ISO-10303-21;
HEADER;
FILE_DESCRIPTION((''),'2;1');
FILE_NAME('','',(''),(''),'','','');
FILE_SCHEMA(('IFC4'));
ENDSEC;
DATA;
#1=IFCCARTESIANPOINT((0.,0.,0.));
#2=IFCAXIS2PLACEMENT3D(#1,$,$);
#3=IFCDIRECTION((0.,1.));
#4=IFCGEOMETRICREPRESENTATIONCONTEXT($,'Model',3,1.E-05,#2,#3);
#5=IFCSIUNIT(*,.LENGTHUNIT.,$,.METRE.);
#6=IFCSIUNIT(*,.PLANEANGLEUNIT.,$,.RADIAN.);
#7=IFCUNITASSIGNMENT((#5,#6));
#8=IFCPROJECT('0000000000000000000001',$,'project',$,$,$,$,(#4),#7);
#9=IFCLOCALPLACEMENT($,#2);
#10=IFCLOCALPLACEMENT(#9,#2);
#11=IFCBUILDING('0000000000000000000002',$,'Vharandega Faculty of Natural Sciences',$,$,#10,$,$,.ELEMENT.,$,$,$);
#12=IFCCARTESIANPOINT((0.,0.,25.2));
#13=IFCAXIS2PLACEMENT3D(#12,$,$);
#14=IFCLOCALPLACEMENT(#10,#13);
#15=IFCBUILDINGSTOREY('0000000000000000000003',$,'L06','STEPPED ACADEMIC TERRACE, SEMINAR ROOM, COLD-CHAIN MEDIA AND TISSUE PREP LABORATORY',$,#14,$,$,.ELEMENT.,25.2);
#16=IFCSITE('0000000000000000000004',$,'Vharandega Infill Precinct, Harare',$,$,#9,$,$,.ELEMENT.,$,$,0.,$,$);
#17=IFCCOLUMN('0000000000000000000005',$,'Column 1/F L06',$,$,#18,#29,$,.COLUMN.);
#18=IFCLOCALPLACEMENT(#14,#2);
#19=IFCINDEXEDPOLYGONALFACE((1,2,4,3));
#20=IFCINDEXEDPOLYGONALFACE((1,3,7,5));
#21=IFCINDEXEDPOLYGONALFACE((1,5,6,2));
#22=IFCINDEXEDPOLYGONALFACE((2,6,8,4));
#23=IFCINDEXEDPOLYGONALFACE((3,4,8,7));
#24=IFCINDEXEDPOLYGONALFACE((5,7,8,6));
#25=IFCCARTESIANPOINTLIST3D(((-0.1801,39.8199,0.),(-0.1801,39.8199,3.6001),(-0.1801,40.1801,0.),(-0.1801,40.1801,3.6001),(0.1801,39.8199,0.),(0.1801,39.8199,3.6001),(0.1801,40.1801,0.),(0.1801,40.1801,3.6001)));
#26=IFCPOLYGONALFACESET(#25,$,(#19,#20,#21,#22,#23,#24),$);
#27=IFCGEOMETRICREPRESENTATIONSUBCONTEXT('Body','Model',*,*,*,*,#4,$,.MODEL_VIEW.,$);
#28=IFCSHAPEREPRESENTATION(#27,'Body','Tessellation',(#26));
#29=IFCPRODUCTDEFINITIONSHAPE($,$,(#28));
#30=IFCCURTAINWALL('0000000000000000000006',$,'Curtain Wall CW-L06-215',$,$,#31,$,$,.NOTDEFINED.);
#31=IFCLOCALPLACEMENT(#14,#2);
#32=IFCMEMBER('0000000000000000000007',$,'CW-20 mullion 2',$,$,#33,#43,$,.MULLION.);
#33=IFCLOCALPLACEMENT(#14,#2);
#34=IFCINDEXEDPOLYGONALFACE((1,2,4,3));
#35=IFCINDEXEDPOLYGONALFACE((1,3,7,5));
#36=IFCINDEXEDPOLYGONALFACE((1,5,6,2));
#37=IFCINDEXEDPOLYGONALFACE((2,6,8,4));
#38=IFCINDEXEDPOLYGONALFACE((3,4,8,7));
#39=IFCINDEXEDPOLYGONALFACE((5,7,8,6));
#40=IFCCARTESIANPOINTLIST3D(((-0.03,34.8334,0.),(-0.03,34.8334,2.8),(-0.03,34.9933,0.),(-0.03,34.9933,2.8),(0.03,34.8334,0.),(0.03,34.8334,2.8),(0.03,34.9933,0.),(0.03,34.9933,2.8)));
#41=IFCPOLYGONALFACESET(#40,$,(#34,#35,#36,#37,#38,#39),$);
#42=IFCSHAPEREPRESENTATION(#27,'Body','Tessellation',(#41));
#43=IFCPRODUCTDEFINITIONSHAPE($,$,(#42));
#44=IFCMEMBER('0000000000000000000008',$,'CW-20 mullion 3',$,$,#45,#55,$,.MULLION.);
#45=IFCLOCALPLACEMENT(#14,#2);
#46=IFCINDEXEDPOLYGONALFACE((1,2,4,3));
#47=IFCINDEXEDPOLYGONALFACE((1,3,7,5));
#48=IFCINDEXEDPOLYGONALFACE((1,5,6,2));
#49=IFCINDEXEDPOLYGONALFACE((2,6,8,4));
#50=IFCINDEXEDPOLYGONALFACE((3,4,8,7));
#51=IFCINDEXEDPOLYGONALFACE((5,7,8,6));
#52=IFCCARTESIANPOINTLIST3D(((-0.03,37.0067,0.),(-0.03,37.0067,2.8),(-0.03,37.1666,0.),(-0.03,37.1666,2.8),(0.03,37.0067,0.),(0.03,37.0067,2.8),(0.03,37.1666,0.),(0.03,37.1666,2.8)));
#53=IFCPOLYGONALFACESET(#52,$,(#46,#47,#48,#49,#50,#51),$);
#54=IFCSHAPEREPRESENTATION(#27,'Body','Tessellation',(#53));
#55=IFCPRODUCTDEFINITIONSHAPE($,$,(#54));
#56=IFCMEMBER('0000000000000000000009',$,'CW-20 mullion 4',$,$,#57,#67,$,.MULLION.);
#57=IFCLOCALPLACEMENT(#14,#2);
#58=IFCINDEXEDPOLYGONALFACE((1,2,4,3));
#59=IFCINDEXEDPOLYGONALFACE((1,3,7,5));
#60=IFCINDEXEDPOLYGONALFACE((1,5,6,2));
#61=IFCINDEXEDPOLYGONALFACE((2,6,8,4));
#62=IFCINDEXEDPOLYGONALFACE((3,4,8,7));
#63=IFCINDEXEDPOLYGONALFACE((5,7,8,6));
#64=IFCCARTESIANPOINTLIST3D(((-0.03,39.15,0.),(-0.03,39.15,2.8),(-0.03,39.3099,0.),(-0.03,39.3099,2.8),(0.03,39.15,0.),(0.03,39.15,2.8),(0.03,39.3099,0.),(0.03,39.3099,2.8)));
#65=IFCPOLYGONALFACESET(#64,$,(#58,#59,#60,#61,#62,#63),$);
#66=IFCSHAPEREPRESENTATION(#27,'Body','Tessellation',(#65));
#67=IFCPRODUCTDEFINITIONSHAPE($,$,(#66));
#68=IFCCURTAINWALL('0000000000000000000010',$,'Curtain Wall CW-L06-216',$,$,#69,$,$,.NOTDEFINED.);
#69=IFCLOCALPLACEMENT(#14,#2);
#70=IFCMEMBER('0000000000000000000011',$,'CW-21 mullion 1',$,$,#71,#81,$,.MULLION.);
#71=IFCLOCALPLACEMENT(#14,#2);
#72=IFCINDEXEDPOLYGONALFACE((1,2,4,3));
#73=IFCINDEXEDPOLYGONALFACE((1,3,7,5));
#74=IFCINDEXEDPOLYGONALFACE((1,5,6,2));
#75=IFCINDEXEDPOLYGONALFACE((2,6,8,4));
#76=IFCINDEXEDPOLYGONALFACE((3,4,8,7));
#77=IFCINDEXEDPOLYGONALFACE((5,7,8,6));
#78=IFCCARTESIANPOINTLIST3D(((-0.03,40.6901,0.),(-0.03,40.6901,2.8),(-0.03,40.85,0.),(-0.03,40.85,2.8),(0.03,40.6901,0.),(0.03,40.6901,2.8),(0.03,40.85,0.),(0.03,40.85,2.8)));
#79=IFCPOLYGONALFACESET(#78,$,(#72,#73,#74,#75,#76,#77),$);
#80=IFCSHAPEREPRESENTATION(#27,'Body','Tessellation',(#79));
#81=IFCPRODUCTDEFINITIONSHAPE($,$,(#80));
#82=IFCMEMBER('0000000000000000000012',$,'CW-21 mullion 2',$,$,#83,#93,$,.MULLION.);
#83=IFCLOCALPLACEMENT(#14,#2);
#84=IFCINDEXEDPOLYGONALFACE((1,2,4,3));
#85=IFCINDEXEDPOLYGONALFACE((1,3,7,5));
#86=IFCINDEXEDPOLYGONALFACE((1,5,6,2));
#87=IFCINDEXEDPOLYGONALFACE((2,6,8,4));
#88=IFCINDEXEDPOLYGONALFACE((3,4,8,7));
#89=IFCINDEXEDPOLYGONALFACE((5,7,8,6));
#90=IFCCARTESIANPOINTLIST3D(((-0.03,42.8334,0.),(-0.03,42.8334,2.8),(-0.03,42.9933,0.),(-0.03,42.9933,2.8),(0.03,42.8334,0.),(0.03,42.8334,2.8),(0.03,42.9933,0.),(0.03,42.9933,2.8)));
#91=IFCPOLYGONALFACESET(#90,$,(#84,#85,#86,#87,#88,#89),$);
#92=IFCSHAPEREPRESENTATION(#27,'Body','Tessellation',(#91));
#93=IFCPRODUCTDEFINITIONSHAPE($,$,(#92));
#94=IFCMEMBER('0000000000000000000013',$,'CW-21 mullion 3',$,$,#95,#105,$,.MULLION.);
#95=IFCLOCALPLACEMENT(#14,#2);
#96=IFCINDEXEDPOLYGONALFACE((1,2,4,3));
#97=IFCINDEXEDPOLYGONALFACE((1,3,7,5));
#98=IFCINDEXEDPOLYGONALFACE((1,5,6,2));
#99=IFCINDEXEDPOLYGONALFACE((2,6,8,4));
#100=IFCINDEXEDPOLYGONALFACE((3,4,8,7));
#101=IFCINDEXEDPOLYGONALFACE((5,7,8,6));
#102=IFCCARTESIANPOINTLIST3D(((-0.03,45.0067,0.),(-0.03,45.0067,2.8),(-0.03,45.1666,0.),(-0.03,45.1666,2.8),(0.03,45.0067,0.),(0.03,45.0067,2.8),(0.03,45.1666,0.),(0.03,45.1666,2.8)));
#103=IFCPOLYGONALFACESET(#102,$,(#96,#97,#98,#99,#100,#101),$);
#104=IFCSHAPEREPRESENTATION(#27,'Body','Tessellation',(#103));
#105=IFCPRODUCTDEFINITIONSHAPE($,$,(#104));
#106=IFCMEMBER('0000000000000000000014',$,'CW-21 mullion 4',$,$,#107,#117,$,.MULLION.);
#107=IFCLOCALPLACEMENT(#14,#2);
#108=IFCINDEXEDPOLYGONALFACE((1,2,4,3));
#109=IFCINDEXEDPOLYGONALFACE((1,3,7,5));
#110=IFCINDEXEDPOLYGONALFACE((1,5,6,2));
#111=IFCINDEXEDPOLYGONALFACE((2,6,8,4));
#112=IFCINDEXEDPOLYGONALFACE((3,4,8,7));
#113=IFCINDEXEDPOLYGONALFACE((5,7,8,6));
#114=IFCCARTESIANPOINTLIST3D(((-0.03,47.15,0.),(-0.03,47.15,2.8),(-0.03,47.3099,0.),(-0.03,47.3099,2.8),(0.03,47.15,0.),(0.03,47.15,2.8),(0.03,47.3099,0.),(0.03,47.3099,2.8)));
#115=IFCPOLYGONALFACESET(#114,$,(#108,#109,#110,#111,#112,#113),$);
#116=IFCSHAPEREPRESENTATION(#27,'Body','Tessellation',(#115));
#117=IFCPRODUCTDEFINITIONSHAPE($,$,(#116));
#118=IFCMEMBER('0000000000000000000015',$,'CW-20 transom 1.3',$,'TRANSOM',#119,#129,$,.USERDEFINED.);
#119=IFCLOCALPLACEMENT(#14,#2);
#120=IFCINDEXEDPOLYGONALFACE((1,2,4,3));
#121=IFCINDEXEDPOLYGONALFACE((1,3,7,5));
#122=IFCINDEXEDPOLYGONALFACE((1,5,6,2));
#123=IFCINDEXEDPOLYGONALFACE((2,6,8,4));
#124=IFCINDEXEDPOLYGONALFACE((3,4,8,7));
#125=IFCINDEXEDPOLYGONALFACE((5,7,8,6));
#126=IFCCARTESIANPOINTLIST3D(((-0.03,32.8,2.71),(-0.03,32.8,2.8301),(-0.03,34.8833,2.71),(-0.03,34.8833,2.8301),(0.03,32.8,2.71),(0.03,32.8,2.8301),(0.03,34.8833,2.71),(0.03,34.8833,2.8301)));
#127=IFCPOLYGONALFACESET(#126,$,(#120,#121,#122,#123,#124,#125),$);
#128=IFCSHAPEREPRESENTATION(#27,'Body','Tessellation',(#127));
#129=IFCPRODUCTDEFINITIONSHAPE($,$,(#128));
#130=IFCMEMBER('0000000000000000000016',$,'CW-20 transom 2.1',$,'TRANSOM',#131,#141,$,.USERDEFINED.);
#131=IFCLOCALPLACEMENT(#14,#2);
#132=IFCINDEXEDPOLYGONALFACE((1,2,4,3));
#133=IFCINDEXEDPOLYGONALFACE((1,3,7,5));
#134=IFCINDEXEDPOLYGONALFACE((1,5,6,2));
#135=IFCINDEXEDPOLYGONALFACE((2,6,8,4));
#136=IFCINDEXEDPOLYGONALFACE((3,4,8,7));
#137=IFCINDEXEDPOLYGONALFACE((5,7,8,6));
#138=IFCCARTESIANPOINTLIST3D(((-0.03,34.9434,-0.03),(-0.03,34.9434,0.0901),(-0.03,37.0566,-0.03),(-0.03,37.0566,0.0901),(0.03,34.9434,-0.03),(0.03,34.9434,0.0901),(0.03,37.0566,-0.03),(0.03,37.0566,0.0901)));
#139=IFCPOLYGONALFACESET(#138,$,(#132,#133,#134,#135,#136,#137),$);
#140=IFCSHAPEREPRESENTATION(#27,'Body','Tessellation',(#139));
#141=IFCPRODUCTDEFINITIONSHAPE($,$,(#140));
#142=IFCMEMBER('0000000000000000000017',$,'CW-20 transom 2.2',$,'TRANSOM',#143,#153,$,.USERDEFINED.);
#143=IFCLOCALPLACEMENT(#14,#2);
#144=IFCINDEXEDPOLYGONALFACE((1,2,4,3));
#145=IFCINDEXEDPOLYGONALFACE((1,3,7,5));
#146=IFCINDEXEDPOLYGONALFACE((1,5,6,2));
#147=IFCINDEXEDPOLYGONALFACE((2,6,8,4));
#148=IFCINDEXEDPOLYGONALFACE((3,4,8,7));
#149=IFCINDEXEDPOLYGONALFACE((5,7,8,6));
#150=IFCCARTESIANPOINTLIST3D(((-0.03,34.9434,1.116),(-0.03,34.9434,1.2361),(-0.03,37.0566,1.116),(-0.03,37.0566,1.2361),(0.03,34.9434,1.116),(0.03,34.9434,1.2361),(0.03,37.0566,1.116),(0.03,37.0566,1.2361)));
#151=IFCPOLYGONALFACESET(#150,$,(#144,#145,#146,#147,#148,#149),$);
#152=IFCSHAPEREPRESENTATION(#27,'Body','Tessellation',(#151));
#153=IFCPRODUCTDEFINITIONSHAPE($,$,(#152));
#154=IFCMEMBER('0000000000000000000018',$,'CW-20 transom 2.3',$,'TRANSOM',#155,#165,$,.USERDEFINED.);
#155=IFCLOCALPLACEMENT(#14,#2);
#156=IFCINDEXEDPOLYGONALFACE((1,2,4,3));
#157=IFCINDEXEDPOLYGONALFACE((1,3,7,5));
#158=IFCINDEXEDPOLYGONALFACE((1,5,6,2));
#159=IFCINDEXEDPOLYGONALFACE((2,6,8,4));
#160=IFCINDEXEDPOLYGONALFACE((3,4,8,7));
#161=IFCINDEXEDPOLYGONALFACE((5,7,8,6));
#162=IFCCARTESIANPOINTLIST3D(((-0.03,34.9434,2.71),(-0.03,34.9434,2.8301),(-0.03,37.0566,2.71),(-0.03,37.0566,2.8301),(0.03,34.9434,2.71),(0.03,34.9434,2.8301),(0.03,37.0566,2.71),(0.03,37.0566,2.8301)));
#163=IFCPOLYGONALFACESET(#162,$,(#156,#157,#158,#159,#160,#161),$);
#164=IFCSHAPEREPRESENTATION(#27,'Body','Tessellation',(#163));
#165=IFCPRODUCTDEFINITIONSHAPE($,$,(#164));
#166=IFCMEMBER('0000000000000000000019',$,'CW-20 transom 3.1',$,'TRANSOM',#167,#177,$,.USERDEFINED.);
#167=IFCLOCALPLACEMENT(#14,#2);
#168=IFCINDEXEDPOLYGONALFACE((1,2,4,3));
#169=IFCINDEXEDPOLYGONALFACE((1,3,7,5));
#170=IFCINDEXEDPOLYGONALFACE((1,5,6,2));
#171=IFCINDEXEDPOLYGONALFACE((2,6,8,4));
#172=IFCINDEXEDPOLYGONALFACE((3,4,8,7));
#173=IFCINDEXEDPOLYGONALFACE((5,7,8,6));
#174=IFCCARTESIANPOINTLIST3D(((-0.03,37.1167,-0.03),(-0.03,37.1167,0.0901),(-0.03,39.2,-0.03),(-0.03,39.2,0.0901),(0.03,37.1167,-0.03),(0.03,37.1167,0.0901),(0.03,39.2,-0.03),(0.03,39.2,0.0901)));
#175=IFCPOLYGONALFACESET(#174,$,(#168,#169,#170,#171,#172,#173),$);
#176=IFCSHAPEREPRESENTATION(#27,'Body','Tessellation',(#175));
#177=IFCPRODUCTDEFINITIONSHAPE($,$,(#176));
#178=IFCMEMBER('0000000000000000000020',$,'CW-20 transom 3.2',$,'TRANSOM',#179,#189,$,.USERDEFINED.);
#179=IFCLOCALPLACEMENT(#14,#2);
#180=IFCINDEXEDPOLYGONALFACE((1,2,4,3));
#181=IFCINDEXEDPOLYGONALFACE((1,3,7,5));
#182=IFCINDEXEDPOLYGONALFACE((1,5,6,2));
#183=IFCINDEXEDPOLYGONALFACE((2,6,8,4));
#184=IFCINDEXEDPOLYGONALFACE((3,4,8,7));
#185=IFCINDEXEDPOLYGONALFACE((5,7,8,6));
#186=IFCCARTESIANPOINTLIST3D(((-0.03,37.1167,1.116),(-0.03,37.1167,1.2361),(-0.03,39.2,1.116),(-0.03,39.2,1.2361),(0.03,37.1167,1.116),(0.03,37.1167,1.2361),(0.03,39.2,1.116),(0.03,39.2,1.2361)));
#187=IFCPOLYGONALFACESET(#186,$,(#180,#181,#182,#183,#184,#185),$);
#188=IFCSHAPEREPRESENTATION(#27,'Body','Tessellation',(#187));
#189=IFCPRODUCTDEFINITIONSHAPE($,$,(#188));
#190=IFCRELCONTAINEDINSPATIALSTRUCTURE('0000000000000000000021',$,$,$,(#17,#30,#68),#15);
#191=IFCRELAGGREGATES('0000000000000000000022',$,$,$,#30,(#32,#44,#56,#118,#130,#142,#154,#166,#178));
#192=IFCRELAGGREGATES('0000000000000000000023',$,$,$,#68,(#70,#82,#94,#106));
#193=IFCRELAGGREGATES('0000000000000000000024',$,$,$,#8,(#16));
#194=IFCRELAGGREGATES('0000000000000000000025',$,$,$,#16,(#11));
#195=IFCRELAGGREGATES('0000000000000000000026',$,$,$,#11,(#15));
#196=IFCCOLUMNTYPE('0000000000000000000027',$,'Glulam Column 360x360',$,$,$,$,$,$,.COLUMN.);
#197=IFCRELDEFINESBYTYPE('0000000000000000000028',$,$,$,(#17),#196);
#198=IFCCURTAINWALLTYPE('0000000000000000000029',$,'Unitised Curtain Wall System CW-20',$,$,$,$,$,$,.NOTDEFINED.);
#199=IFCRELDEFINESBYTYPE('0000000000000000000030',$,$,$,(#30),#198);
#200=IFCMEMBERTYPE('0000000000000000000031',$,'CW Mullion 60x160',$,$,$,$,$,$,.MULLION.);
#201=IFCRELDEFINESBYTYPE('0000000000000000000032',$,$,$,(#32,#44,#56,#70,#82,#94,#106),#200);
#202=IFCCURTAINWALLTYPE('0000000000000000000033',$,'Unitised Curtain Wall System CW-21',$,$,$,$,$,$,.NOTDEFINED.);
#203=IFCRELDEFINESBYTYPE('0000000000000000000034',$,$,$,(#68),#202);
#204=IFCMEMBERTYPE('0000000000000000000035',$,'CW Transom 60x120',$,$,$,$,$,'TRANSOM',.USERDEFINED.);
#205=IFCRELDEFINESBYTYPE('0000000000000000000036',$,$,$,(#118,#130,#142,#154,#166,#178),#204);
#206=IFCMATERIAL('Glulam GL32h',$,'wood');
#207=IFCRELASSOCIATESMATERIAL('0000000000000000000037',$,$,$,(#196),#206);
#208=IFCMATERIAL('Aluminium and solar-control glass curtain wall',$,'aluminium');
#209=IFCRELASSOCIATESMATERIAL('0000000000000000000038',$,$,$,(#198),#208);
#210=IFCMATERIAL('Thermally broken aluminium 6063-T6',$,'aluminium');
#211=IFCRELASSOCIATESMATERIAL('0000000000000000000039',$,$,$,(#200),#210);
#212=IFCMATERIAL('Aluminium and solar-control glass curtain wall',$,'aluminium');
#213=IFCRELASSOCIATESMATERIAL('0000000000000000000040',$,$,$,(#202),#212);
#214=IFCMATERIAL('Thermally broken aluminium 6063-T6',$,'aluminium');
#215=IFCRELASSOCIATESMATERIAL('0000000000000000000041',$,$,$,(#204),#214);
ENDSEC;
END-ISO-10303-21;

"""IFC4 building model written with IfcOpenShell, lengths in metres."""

from ifc_helpers import new_model, si_unit, direction, frame, origin, origin_2d, place, context, subcontext, project, spatial, rectangle, extrude, material, material_profile, profile_set, type_object, element, aggregate, save


model = new_model("IFC4")

# Units and contexts
model_context = context("Model", 3, precision=1e-05, world=origin(), true_north=direction((0.0, 1.0)))
body_context = subcontext(model_context, "Body", "Model", "MODEL_VIEW")
ifc_project = project(units=[si_unit("LENGTHUNIT", "METRE"), si_unit("PLANEANGLEUNIT", "RADIAN")], contexts=[model_context])

# Site, building, storey
site_placement = place(None, origin())
site = spatial("IfcSite", under=ifc_project, at=site_placement, Name="Vharandega Infill Precinct, Harare", CompositionType="ELEMENT", RefElevation=0.0)
building_placement = place(site_placement, origin())
building = spatial("IfcBuilding", under=site, at=building_placement, Name="Vharandega Faculty of Natural Sciences", CompositionType="ELEMENT")
storey_placement = place(building_placement, frame((0.0, 0.0, 25.2)))
storey = spatial("IfcBuildingStorey", under=building, at=storey_placement, Name="L06", Description="STEPPED ACADEMIC TERRACE, SEMINAR ROOM, COLD-CHAIN MEDIA AND TISSUE PREP LABORATORY", CompositionType="ELEMENT", Elevation=25.2)

# Column
ifc_material_1 = material(Name="Glulam GL32h", Category="wood")
ifc_material_profile_1 = material_profile(ifc_material_1, rectangle(XDim=0.3601, YDim=0.3601, at=origin_2d()), Name="GL32h 360x360")
ifc_profile_set_1 = profile_set([ifc_material_profile_1], Name="Glulam GL32h")
column_type = type_object("IfcColumnType", Name="Glulam Column 360x360", PredefinedType="COLUMN", material=ifc_profile_set_1)
column_placement = place(storey_placement, frame((0.0, 40.0, 0.0), z_axis=(0.0, 0.0, 1.0), x_axis=(1.0, 0.0, 0.0)))
element("IfcColumn", 1, at=column_placement, inside=storey, type_object=column_type, Name="Column 1/F L06", PredefinedType="COLUMN", context=body_context, shape_type="SweptSolid", body=[
    extrude(rectangle(XDim=0.3601, YDim=0.3601, at=origin_2d()), origin(), (0.0, 0.0, 1.0), 3.6001),
])

# Curtain walls, members
ifc_material_2 = material(Name="Aluminium and solar-control glass curtain wall", Category="aluminium")
curtain_wall_type_1 = type_object("IfcCurtainWallType", Name="Unitised Curtain Wall System CW-20", PredefinedType="NOTDEFINED", material=ifc_material_2)
curtain_wall_1_placement = place(storey_placement, origin())
curtain_wall_1 = element("IfcCurtainWall", 2, at=curtain_wall_1_placement, inside=storey, type_object=curtain_wall_type_1, Name="Curtain Wall CW-L06-215", PredefinedType="NOTDEFINED")
ifc_material_3 = material(Name="Thermally broken aluminium 6063-T6", Category="aluminium")
ifc_material_profile_2 = material_profile(ifc_material_3, rectangle(XDim=0.0601, YDim=0.1599, at=origin_2d()), Name="ALU 60x160")
ifc_profile_set_2 = profile_set([ifc_material_profile_2], Name="Thermally broken aluminium 6063-T6")
member_type_1 = type_object("IfcMemberType", Name="CW Mullion 60x160", PredefinedType="MULLION", material=ifc_profile_set_2)
member_1_placement = place(storey_placement, frame((0.0, 34.9133, 0.0), z_axis=(0.0, 0.0, 1.0), x_axis=(-1.0, 0.0, 0.0)))
member_1 = element("IfcMember", 3, at=member_1_placement, type_object=member_type_1, Name="CW-20 mullion 2", PredefinedType="MULLION", context=body_context, shape_type="SweptSolid", body=[
    extrude(rectangle(XDim=0.0601, YDim=0.1599, at=origin_2d()), origin(), (0.0, 0.0, 1.0), 2.8),
])
member_2_placement = place(storey_placement, frame((0.0, 37.0867, 0.0), z_axis=(0.0, 0.0, 1.0), x_axis=(-1.0, 0.0, 0.0)))
member_2 = element("IfcMember", 4, at=member_2_placement, type_object=member_type_1, Name="CW-20 mullion 3", PredefinedType="MULLION", context=body_context, shape_type="SweptSolid", body=[
    extrude(rectangle(XDim=0.0601, YDim=0.1599, at=origin_2d()), origin(), (0.0, 0.0, 1.0), 2.8),
])
member_3_placement = place(storey_placement, frame((0.0, 39.23, 0.0), z_axis=(0.0, 0.0, 1.0), x_axis=(-1.0, 0.0, 0.0)))
member_3 = element("IfcMember", 5, at=member_3_placement, type_object=member_type_1, Name="CW-20 mullion 4", PredefinedType="MULLION", context=body_context, shape_type="SweptSolid", body=[
    extrude(rectangle(XDim=0.0601, YDim=0.1599, at=origin_2d()), origin(), (0.0, 0.0, 1.0), 2.8),
])
ifc_material_4 = material(Name="Aluminium and solar-control glass curtain wall", Category="aluminium")
curtain_wall_type_2 = type_object("IfcCurtainWallType", Name="Unitised Curtain Wall System CW-21", PredefinedType="NOTDEFINED", material=ifc_material_4)
curtain_wall_2_placement = place(storey_placement, origin())
curtain_wall_2 = element("IfcCurtainWall", 6, at=curtain_wall_2_placement, inside=storey, type_object=curtain_wall_type_2, Name="Curtain Wall CW-L06-216", PredefinedType="NOTDEFINED")
member_4_placement = place(storey_placement, frame((0.0, 40.77, 0.0), z_axis=(0.0, 0.0, 1.0), x_axis=(-1.0, 0.0, 0.0)))
member_4 = element("IfcMember", 7, at=member_4_placement, type_object=member_type_1, Name="CW-21 mullion 1", PredefinedType="MULLION", context=body_context, shape_type="SweptSolid", body=[
    extrude(rectangle(XDim=0.0601, YDim=0.1599, at=origin_2d()), origin(), (0.0, 0.0, 1.0), 2.8),
])
member_5_placement = place(storey_placement, frame((0.0, 42.9133, 0.0), z_axis=(0.0, 0.0, 1.0), x_axis=(-1.0, 0.0, 0.0)))
member_5 = element("IfcMember", 8, at=member_5_placement, type_object=member_type_1, Name="CW-21 mullion 2", PredefinedType="MULLION", context=body_context, shape_type="SweptSolid", body=[
    extrude(rectangle(XDim=0.0601, YDim=0.1599, at=origin_2d()), origin(), (0.0, 0.0, 1.0), 2.8),
])
member_6_placement = place(storey_placement, frame((0.0, 45.0867, 0.0), z_axis=(0.0, 0.0, 1.0), x_axis=(-1.0, 0.0, 0.0)))
member_6 = element("IfcMember", 9, at=member_6_placement, type_object=member_type_1, Name="CW-21 mullion 3", PredefinedType="MULLION", context=body_context, shape_type="SweptSolid", body=[
    extrude(rectangle(XDim=0.0601, YDim=0.1599, at=origin_2d()), origin(), (0.0, 0.0, 1.0), 2.8),
])
member_7_placement = place(storey_placement, frame((0.0, 47.23, 0.0), z_axis=(0.0, 0.0, 1.0), x_axis=(-1.0, 0.0, 0.0)))
member_7 = element("IfcMember", 10, at=member_7_placement, type_object=member_type_1, Name="CW-21 mullion 4", PredefinedType="MULLION", context=body_context, shape_type="SweptSolid", body=[
    extrude(rectangle(XDim=0.0601, YDim=0.1599, at=origin_2d()), origin(), (0.0, 0.0, 1.0), 2.8),
])

# Members
ifc_material_5 = material(Name="Thermally broken aluminium 6063-T6", Category="aluminium")
ifc_material_profile_3 = material_profile(ifc_material_5, rectangle(XDim=0.0601, YDim=0.1201, at=origin_2d()), Name="ALU 60x120")
ifc_profile_set_3 = profile_set([ifc_material_profile_3], Name="Thermally broken aluminium 6063-T6")
member_type_2 = type_object("IfcMemberType", Name="CW Transom 60x120", ElementType="TRANSOM", PredefinedType="USERDEFINED", material=ifc_profile_set_3)
member_8_placement = place(storey_placement, frame((0.0, 32.8, 2.77), z_axis=(0.0, 1.0, 0.0), x_axis=(-1.0, 0.0, 0.0)))
member_8 = element("IfcMember", 11, at=member_8_placement, type_object=member_type_2, Name="CW-20 transom 1.3", ObjectType="TRANSOM", PredefinedType="USERDEFINED", context=body_context, shape_type="SweptSolid", body=[
    extrude(rectangle(XDim=0.0601, YDim=0.1201, at=origin_2d()), origin(), (0.0, 0.0, 1.0), 2.0833),
])
member_9_placement = place(storey_placement, frame((0.0, 34.9434, 0.03), z_axis=(0.0, 1.0, 0.0), x_axis=(-1.0, 0.0, 0.0)))
member_9 = element("IfcMember", 12, at=member_9_placement, type_object=member_type_2, Name="CW-20 transom 2.1", ObjectType="TRANSOM", PredefinedType="USERDEFINED", context=body_context, shape_type="SweptSolid", body=[
    extrude(rectangle(XDim=0.0601, YDim=0.1201, at=origin_2d()), origin(), (0.0, 0.0, 1.0), 2.1133),
])
member_10_placement = place(storey_placement, frame((0.0, 34.9434, 1.176), z_axis=(0.0, 1.0, 0.0), x_axis=(-1.0, 0.0, 0.0)))
member_10 = element("IfcMember", 13, at=member_10_placement, type_object=member_type_2, Name="CW-20 transom 2.2", ObjectType="TRANSOM", PredefinedType="USERDEFINED", context=body_context, shape_type="SweptSolid", body=[
    extrude(rectangle(XDim=0.0601, YDim=0.1201, at=origin_2d()), origin(), (0.0, 0.0, 1.0), 2.1133),
])
member_11_placement = place(storey_placement, frame((0.0, 34.9434, 2.77), z_axis=(0.0, 1.0, 0.0), x_axis=(-1.0, 0.0, 0.0)))
member_11 = element("IfcMember", 14, at=member_11_placement, type_object=member_type_2, Name="CW-20 transom 2.3", ObjectType="TRANSOM", PredefinedType="USERDEFINED", context=body_context, shape_type="SweptSolid", body=[
    extrude(rectangle(XDim=0.0601, YDim=0.1201, at=origin_2d()), origin(), (0.0, 0.0, 1.0), 2.1133),
])
member_12_placement = place(storey_placement, frame((0.0, 37.1167, 0.03), z_axis=(0.0, 1.0, 0.0), x_axis=(-1.0, 0.0, 0.0)))
member_12 = element("IfcMember", 15, at=member_12_placement, type_object=member_type_2, Name="CW-20 transom 3.1", ObjectType="TRANSOM", PredefinedType="USERDEFINED", context=body_context, shape_type="SweptSolid", body=[
    extrude(rectangle(XDim=0.0601, YDim=0.1201, at=origin_2d()), origin(), (0.0, 0.0, 1.0), 2.0833),
])
member_13_placement = place(storey_placement, frame((0.0, 37.1167, 1.176), z_axis=(0.0, 1.0, 0.0), x_axis=(-1.0, 0.0, 0.0)))
member_13 = element("IfcMember", 16, at=member_13_placement, type_object=member_type_2, Name="CW-20 transom 3.2", ObjectType="TRANSOM", PredefinedType="USERDEFINED", context=body_context, shape_type="SweptSolid", body=[
    extrude(rectangle(XDim=0.0601, YDim=0.1201, at=origin_2d()), origin(), (0.0, 0.0, 1.0), 2.0833),
])

aggregate(curtain_wall_1, [member_1, member_2, member_3, member_8, member_9, member_10, member_11, member_12, member_13])
aggregate(curtain_wall_2, [member_4, member_5, member_6, member_7])

save(model, "model.ifc")
